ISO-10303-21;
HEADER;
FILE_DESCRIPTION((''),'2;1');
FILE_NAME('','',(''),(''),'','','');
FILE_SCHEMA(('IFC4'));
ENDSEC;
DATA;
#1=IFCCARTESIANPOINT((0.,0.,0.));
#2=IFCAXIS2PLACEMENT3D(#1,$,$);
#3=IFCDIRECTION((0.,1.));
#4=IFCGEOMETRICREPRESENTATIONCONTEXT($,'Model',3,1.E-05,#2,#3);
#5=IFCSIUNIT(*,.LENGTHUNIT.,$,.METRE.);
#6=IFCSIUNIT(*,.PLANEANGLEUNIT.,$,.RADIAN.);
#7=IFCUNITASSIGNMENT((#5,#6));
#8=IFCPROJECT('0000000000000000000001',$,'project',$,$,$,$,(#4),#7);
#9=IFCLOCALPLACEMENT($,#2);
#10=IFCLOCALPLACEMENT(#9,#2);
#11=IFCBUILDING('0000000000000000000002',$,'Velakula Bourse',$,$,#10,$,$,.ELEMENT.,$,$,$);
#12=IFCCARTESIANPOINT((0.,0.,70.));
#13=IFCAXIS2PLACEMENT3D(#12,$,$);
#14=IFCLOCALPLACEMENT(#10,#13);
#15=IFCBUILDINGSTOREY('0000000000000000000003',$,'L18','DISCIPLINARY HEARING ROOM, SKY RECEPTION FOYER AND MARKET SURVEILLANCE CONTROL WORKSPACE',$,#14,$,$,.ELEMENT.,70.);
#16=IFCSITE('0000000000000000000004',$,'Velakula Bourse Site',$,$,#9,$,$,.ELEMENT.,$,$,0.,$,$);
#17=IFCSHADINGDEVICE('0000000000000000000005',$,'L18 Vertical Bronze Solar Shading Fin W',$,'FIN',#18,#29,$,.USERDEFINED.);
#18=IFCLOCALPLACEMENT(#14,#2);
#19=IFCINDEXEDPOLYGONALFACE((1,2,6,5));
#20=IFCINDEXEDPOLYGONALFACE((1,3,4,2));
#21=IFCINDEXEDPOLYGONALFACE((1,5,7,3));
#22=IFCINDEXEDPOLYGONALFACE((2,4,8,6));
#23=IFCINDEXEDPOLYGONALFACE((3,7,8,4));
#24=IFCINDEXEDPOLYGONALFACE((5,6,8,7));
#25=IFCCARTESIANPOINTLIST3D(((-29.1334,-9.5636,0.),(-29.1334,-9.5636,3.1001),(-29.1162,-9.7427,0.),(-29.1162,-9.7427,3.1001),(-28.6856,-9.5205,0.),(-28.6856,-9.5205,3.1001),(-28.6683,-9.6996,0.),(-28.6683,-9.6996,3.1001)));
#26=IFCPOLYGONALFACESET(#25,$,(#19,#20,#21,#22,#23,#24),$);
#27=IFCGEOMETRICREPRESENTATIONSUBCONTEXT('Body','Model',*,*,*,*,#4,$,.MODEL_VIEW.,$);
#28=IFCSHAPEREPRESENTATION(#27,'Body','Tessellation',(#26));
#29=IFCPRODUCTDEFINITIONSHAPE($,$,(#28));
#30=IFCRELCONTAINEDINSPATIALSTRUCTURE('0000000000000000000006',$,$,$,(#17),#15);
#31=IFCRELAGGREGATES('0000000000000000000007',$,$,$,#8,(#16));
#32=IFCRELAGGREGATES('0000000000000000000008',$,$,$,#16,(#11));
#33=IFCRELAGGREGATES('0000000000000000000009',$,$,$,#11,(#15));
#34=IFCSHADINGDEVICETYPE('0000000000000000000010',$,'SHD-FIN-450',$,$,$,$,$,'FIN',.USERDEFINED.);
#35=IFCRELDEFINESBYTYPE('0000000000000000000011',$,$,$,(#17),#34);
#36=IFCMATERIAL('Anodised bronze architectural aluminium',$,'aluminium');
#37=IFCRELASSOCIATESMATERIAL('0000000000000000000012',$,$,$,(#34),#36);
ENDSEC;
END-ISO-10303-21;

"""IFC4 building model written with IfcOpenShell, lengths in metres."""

from ifc_helpers import new_model, si_unit, direction, frame, origin, origin_2d, place, context, subcontext, project, spatial, rectangle, extrude, material, type_object, element, save


model = new_model("IFC4")

# Units and contexts
model_context = context("Model", 3, precision=1e-05, world=origin(), true_north=direction((0.0, 1.0)))
body_context = subcontext(model_context, "Body", "Model", "MODEL_VIEW")
ifc_project = project(units=[si_unit("LENGTHUNIT", "METRE"), si_unit("PLANEANGLEUNIT", "RADIAN")], contexts=[model_context])

# Site, building, storey
site_placement = place(None, origin())
site = spatial("IfcSite", under=ifc_project, at=site_placement, Name="Velakula Bourse Site", CompositionType="ELEMENT", RefElevation=0.0)
building_placement = place(site_placement, origin())
building = spatial("IfcBuilding", under=site, at=building_placement, Name="Velakula Bourse", CompositionType="ELEMENT")
storey_placement = place(building_placement, frame((0.0, 0.0, 70.0)))
storey = spatial("IfcBuildingStorey", under=building, at=storey_placement, Name="L18", Description="DISCIPLINARY HEARING ROOM, SKY RECEPTION FOYER AND MARKET SURVEILLANCE CONTROL WORKSPACE", CompositionType="ELEMENT", Elevation=70.0)

# Shading device
ifc_material_1 = material(Name="Anodised bronze architectural aluminium", Category="aluminium")
shading_device_type = type_object("IfcShadingDeviceType", Name="SHD-FIN-450", ElementType="FIN", PredefinedType="USERDEFINED", material=ifc_material_1)
shading_device_placement = place(storey_placement, frame((-28.9009, -9.6316, 0.0), z_axis=(0.0, 0.0, 1.0), x_axis=(0.995396, 0.095846, 0.0)))
element("IfcShadingDevice", 1, at=shading_device_placement, inside=storey, type_object=shading_device_type, Name="L18 Vertical Bronze Solar Shading Fin W", ObjectType="FIN", PredefinedType="USERDEFINED", context=body_context, shape_type="SweptSolid", body=[
    extrude(rectangle(XDim=0.45, YDim=0.1799, at=origin_2d()), origin(), (0.0, 0.0, 1.0), 3.1001),
])

save(model, "model.ifc")
